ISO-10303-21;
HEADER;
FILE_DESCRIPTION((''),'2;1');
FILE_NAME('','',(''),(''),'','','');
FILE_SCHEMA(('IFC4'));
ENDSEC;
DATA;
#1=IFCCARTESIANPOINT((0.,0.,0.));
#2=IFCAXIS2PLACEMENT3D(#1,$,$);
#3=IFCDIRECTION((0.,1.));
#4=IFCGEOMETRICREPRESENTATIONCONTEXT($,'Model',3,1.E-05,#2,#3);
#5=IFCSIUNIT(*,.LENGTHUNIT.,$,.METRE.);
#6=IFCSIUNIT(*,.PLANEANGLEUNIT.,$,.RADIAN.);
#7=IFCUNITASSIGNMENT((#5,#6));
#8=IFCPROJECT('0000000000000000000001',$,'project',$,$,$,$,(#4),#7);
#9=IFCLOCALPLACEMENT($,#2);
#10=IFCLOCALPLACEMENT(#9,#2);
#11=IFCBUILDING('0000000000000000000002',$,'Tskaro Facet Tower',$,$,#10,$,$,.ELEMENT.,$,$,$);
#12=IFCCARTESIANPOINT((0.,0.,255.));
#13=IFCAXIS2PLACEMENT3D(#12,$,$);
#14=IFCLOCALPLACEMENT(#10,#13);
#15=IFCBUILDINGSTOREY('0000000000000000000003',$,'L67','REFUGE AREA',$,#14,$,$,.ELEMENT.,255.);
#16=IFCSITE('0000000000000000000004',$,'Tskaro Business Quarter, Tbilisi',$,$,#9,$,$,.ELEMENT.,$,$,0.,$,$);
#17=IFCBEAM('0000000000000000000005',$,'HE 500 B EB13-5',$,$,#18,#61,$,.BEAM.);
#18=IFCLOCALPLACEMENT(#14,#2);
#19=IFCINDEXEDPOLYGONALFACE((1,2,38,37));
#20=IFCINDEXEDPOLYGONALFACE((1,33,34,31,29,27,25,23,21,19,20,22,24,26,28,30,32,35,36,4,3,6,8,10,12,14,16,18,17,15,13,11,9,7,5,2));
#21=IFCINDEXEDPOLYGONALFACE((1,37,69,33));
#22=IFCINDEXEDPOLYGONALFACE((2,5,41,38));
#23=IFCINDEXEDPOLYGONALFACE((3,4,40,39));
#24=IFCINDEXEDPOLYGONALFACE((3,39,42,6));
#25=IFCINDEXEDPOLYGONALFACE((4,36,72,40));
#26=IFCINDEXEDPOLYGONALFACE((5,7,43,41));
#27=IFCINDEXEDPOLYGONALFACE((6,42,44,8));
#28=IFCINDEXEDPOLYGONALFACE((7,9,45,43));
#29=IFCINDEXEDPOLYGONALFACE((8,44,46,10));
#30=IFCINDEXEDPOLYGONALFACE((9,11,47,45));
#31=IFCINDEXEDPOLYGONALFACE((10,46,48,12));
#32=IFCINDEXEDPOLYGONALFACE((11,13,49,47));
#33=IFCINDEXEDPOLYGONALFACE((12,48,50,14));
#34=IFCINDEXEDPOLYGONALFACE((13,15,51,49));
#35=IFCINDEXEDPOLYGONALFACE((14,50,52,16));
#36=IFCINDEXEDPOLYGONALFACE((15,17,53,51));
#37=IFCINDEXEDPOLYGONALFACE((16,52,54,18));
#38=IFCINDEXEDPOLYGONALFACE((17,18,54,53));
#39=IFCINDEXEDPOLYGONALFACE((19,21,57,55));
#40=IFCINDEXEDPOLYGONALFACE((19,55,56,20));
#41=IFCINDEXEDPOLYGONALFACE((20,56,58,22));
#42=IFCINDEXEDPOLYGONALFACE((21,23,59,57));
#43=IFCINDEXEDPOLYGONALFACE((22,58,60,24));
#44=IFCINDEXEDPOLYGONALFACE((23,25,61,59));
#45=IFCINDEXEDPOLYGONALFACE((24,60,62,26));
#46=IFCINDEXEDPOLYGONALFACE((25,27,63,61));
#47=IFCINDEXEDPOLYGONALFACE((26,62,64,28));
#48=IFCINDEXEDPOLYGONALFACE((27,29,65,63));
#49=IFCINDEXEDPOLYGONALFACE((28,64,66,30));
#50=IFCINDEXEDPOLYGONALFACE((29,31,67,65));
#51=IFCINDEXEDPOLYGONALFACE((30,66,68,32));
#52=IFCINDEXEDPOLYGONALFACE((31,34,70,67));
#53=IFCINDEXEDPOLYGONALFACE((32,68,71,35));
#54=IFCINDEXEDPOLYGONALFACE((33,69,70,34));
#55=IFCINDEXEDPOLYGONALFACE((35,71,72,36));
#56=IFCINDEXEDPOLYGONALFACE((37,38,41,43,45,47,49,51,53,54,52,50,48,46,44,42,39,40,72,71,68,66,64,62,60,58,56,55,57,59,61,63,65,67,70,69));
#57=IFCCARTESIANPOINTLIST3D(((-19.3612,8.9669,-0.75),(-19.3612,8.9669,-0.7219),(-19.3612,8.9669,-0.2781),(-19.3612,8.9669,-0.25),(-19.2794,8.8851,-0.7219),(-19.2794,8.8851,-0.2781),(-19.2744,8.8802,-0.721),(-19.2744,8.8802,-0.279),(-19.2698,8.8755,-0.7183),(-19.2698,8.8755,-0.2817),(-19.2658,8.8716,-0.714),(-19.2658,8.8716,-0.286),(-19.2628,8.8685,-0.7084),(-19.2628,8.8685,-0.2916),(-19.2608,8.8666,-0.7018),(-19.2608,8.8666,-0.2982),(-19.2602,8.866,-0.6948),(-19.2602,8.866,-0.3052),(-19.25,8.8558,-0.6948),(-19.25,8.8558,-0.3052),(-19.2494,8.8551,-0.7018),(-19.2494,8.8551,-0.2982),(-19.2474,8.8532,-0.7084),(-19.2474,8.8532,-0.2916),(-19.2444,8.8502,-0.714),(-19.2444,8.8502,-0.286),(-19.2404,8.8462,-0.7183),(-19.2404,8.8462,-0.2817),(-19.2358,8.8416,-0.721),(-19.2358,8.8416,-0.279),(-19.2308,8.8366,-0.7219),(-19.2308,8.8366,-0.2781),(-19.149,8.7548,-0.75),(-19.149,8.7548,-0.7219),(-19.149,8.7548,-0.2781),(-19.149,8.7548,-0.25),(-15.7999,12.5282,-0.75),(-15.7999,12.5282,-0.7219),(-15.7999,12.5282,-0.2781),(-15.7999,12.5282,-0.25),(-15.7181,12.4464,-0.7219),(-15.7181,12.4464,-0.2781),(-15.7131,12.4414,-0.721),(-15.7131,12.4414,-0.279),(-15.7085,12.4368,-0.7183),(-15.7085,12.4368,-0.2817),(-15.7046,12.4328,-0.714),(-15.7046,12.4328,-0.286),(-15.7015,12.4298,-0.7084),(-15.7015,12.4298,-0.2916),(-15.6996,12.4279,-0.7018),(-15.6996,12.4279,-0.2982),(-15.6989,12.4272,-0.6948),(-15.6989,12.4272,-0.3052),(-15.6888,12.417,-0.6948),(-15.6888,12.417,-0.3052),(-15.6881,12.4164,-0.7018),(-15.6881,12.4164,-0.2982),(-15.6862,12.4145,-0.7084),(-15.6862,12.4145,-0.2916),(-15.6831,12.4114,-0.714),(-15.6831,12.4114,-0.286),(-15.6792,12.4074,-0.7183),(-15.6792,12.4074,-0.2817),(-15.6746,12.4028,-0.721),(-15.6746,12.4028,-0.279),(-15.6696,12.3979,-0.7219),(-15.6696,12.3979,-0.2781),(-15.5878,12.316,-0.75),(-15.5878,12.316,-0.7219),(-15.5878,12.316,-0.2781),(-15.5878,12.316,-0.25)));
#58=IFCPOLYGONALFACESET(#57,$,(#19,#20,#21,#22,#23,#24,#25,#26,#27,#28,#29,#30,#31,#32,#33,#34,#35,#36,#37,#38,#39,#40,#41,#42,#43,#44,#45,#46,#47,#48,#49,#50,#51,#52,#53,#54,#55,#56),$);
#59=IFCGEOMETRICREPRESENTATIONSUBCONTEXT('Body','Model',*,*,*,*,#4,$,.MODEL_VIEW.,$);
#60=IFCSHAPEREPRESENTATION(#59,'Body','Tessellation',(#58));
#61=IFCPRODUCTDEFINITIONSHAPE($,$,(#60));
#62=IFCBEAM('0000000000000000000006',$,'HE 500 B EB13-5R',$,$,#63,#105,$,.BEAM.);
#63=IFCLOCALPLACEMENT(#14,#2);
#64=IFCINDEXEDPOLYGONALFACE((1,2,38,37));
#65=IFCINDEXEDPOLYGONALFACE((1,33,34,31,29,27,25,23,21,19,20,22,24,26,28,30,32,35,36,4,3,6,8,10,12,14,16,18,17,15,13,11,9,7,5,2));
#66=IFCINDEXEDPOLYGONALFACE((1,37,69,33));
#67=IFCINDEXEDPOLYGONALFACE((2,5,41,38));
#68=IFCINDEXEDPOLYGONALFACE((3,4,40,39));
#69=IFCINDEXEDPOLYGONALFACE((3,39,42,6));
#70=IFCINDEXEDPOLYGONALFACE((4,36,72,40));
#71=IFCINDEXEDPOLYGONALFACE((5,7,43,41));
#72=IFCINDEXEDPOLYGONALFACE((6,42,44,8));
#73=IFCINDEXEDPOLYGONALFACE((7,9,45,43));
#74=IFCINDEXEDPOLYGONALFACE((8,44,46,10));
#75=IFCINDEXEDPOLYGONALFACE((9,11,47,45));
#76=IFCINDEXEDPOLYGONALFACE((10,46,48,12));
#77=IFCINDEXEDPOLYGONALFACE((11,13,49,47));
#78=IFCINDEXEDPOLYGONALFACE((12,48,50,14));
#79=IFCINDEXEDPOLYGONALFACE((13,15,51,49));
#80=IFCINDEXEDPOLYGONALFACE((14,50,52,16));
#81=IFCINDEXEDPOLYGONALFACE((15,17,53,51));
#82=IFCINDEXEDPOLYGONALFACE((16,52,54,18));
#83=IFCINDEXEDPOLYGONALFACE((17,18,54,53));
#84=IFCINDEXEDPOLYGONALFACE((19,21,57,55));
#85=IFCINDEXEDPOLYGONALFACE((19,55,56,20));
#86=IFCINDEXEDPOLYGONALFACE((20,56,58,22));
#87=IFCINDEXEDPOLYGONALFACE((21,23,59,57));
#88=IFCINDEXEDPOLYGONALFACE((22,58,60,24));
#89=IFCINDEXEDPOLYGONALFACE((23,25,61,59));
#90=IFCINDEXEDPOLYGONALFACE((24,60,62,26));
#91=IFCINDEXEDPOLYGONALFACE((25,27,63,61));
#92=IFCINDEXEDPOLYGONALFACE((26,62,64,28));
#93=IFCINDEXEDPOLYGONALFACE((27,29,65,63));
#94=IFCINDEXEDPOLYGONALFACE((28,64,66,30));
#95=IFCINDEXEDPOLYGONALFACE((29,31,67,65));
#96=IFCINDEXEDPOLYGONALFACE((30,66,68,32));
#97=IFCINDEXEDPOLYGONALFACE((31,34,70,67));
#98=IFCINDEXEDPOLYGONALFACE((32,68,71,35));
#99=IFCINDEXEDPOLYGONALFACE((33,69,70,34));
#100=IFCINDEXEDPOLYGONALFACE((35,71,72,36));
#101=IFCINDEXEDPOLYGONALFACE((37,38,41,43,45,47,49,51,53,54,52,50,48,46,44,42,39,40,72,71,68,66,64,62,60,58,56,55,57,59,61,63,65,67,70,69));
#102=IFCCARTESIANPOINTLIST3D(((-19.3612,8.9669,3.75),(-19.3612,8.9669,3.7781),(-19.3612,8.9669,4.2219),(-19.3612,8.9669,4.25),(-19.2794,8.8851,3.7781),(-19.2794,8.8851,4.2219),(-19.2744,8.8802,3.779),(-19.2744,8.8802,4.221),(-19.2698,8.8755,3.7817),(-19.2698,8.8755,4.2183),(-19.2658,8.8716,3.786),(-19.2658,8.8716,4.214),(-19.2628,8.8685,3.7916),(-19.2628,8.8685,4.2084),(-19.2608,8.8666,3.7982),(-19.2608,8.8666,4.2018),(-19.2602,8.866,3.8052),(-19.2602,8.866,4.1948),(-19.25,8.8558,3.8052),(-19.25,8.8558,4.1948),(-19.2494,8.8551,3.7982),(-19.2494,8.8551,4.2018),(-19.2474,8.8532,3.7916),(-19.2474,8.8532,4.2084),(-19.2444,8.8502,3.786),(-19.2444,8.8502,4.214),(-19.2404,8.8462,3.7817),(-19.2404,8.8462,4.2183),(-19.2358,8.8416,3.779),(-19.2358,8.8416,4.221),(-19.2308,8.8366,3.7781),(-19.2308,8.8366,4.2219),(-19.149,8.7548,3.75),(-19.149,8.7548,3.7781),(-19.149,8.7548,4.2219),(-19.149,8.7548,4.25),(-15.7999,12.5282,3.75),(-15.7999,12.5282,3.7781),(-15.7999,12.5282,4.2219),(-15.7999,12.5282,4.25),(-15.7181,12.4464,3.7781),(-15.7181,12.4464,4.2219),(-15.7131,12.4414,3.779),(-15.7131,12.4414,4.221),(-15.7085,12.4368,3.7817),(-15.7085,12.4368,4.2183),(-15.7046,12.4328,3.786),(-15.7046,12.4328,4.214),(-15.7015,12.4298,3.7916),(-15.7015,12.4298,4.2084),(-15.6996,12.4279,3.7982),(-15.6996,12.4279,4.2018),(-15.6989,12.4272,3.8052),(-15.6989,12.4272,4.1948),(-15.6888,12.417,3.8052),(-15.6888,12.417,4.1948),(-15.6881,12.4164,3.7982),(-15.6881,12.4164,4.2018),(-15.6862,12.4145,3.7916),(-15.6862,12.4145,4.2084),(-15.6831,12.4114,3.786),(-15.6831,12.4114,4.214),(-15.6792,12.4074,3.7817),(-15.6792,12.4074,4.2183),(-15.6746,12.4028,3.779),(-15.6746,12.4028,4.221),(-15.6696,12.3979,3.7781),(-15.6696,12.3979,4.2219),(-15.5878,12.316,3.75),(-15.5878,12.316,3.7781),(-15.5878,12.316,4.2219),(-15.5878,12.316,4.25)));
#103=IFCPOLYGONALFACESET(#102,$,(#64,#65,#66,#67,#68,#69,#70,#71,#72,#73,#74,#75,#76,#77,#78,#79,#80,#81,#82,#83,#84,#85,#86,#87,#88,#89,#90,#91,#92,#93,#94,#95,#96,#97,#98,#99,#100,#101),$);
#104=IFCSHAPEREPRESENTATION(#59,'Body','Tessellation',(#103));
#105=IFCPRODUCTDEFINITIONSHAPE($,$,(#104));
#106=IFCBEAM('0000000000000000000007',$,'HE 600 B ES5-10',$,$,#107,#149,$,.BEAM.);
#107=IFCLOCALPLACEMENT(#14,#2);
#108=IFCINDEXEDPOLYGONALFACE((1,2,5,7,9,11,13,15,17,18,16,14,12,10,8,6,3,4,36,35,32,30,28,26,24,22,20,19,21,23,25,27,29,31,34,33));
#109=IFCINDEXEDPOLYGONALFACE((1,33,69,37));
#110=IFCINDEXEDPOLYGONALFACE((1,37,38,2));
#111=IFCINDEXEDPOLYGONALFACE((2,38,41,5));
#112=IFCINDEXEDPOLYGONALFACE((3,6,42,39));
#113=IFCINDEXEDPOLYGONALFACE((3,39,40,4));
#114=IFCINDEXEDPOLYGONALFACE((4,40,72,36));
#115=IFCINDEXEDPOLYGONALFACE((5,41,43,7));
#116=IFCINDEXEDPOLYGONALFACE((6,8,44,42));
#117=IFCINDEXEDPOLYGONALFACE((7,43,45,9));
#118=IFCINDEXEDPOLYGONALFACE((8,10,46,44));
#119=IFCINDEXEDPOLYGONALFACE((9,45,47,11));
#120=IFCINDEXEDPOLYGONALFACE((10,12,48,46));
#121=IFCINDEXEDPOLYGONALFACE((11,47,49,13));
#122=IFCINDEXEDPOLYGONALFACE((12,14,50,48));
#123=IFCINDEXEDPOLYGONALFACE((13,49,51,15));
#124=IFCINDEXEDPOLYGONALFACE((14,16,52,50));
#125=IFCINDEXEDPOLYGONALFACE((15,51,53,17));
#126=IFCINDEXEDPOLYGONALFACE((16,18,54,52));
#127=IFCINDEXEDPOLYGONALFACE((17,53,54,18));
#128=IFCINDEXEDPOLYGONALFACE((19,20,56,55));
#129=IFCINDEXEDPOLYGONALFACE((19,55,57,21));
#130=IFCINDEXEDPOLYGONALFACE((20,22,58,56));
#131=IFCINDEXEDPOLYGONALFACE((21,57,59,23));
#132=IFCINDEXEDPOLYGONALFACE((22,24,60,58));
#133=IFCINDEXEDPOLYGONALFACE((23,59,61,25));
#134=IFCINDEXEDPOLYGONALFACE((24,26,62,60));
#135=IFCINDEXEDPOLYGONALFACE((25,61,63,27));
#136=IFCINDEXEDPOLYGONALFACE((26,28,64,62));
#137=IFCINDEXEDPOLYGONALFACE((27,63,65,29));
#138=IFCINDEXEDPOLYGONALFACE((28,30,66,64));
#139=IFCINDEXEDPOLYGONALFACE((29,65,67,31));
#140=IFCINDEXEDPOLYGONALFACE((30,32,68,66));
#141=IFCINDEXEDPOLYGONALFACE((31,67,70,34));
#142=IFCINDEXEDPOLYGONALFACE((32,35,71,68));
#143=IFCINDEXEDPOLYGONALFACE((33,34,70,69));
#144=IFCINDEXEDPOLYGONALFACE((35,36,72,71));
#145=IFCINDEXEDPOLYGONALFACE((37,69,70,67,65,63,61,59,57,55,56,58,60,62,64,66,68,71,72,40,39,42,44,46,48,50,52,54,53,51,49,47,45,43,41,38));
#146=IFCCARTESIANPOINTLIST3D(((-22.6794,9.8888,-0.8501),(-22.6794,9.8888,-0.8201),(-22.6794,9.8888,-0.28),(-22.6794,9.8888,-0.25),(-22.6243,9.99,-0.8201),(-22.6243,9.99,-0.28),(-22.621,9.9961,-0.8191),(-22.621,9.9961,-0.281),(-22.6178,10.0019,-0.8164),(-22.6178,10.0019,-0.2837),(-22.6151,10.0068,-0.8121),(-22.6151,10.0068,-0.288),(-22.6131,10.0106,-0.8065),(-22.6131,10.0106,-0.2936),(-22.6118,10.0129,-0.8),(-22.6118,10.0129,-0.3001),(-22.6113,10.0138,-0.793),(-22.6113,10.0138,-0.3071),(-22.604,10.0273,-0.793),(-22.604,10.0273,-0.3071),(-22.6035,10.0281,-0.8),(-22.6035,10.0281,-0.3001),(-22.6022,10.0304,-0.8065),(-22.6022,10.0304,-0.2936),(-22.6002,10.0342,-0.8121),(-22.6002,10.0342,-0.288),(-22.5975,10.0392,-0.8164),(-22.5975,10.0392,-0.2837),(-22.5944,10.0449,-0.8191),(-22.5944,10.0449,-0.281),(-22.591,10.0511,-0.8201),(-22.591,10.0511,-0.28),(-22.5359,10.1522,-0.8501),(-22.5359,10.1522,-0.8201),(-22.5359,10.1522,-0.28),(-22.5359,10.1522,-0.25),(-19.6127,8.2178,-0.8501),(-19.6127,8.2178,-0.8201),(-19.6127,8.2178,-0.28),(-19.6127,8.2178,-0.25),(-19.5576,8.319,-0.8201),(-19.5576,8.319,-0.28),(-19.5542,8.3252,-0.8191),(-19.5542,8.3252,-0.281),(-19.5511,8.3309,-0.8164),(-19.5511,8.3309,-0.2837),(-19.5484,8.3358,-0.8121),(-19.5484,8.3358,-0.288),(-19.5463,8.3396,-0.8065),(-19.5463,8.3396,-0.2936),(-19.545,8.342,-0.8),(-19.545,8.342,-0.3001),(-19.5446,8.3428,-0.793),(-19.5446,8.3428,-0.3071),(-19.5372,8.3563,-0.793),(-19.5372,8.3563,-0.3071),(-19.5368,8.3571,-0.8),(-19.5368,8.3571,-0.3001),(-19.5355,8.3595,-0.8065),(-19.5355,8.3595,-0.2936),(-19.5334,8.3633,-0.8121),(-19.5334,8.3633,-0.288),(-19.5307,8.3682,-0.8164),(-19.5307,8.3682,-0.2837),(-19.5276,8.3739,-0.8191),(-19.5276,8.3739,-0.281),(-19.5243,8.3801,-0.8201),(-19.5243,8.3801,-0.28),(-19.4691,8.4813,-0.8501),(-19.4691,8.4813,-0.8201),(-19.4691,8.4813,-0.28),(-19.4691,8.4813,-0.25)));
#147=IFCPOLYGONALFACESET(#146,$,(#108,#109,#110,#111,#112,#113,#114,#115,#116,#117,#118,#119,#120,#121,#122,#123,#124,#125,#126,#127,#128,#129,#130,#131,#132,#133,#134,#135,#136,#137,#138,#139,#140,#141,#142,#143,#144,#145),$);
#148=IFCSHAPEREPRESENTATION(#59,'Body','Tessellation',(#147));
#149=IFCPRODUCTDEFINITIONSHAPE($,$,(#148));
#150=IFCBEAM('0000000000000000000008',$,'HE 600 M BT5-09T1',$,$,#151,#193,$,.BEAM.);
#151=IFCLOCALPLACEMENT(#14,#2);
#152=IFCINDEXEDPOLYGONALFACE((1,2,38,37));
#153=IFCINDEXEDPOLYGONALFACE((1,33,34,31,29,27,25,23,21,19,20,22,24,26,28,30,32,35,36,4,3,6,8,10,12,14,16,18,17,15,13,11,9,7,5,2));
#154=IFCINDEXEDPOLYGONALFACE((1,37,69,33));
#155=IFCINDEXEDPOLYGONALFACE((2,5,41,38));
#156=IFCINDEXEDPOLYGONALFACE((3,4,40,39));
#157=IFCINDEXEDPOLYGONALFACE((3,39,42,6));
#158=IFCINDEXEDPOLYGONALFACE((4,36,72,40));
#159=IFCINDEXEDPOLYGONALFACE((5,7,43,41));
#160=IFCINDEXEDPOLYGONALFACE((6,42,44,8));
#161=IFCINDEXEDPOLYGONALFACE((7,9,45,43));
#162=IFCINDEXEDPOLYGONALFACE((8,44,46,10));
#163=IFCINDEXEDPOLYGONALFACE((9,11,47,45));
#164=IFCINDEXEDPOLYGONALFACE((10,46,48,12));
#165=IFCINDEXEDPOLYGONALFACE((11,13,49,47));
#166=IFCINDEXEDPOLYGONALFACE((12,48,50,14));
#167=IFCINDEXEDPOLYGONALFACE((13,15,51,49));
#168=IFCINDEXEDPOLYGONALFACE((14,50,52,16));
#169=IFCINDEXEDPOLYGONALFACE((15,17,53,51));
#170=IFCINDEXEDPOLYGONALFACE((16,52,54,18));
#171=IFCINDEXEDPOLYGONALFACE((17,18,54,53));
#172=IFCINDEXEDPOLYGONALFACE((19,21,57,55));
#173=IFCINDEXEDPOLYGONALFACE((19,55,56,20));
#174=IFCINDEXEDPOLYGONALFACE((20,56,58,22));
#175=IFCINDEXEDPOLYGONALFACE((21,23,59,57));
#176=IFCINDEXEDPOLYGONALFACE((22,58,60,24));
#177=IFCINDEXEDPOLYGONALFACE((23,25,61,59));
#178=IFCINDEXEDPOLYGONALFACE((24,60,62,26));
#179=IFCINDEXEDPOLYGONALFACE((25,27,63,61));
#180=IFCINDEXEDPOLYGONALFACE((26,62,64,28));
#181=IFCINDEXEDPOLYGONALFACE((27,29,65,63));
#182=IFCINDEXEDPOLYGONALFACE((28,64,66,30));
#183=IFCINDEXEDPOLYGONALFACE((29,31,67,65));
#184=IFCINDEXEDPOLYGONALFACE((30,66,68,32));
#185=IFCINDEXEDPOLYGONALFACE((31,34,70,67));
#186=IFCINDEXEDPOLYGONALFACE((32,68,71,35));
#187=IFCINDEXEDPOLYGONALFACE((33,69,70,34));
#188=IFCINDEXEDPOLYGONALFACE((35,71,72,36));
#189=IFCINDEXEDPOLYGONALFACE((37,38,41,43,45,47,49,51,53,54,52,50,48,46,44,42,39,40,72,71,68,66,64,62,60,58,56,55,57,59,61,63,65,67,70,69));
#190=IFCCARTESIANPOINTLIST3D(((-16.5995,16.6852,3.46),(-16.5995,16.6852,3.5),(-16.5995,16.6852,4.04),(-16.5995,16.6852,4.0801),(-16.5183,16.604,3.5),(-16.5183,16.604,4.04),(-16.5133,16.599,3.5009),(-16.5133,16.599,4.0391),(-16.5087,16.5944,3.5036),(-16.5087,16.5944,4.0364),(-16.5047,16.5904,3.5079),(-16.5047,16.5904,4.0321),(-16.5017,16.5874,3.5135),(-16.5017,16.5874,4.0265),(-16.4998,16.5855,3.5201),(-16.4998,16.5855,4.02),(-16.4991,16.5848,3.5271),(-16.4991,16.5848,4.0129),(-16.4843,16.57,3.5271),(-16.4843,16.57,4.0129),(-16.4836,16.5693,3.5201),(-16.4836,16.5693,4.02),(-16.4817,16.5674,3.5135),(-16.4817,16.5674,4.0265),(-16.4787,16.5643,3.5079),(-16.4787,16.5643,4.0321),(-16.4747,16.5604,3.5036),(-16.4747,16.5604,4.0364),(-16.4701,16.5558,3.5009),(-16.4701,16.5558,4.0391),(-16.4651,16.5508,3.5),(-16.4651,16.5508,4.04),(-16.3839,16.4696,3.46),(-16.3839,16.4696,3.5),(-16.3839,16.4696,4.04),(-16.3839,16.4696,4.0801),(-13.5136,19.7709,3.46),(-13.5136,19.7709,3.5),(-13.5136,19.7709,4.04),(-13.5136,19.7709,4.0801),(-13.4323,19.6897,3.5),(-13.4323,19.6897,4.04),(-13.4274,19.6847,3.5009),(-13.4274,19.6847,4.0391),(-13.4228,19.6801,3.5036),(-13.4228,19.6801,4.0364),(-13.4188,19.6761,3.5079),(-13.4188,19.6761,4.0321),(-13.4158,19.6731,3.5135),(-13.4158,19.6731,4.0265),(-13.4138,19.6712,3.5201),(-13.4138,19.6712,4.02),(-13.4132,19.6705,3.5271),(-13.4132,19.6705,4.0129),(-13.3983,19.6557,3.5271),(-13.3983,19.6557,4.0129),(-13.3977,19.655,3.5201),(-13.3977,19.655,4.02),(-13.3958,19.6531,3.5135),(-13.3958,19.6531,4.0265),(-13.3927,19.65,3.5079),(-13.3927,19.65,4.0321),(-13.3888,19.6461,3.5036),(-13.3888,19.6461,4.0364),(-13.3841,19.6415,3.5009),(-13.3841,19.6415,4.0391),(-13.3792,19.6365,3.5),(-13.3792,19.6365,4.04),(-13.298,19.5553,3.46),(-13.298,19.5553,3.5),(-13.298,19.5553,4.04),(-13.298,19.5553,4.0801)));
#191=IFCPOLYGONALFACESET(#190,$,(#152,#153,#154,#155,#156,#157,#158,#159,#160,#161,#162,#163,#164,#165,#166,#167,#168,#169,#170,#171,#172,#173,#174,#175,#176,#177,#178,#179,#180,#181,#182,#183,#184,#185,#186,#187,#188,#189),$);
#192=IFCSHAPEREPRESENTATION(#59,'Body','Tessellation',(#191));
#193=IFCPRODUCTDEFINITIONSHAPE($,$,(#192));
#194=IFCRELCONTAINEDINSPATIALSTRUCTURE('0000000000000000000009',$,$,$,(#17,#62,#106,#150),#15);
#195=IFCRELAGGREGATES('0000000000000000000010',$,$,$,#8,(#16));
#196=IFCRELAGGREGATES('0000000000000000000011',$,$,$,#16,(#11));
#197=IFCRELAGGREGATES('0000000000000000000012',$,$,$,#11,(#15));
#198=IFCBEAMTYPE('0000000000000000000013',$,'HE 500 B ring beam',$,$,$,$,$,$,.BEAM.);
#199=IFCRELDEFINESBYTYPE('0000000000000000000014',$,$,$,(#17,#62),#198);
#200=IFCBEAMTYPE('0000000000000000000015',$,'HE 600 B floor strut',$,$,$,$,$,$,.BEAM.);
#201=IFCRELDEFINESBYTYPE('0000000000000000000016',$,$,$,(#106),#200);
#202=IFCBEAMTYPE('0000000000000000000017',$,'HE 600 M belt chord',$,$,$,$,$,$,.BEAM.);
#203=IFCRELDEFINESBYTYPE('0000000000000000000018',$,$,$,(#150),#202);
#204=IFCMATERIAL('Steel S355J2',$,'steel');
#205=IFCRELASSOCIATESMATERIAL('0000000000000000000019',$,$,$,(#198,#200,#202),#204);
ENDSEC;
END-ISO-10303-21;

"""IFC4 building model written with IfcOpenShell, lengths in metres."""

from ifc_helpers import new_model, si_unit, direction, frame, origin, origin_2d, place, context, subcontext, project, spatial, i_section, extrude, material, material_profile, profile_set, type_object, element, save


model = new_model("IFC4")

# Units and contexts
model_context = context("Model", 3, precision=1e-05, world=origin(), true_north=direction((0.0, 1.0)))
body_context = subcontext(model_context, "Body", "Model", "MODEL_VIEW")
ifc_project = project(units=[si_unit("LENGTHUNIT", "METRE"), si_unit("PLANEANGLEUNIT", "RADIAN")], contexts=[model_context])

# Site, building, storey
site_placement = place(None, origin())
site = spatial("IfcSite", under=ifc_project, at=site_placement, Name="Tskaro Business Quarter, Tbilisi", CompositionType="ELEMENT", RefElevation=0.0)
building_placement = place(site_placement, origin())
building = spatial("IfcBuilding", under=site, at=building_placement, Name="Tskaro Facet Tower", CompositionType="ELEMENT")
storey_placement = place(building_placement, frame((0.0, 0.0, 255.0)))
storey = spatial("IfcBuildingStorey", under=building, at=storey_placement, Name="L67", Description="REFUGE AREA", CompositionType="ELEMENT", Elevation=255.0)

# Shared definitions
ifc_material_1 = material(Name="Steel S355J2", Category="steel")

# Beams
ifc_material_profile_1 = material_profile(ifc_material_1, i_section(OverallWidth=0.3, OverallDepth=0.5, WebThickness=0.0144, FlangeThickness=0.0281, FilletRadius=0.0271, at=origin_2d()), Name="HE 500 B")
ifc_profile_set_1 = profile_set([ifc_material_profile_1], Name="Steel S355J2")
beam_type_1 = type_object("IfcBeamType", Name="HE 500 B ring beam", PredefinedType="BEAM", material=ifc_profile_set_1)
for number, where, z_axis, x_axis, name in (
    (1, (-15.6938, 12.4221, -0.5), (-0.707107, -0.707107, 0.0), (0.707107, -0.707107, 0.0), "HE 500 B EB13-5"),
    (2, (-15.6938, 12.4221, 4.0), (-0.707107, -0.707107, 0.0), (0.707107, -0.707107, 0.0), "HE 500 B EB13-5R"),
):
    element("IfcBeam", number, at=place(storey_placement, frame(where, z_axis=z_axis, x_axis=x_axis)), inside=storey, type_object=beam_type_1, Name=name, PredefinedType="BEAM", context=body_context, shape_type="SweptSolid", body=[
        extrude(i_section(OverallWidth=0.3, OverallDepth=0.5, WebThickness=0.0144, FlangeThickness=0.0281, FilletRadius=0.0271, at=origin_2d()), origin(), (0.0, 0.0, 1.0), 5.0364),
    ])
ifc_material_profile_2 = material_profile(ifc_material_1, i_section(OverallWidth=0.3, OverallDepth=0.6001, WebThickness=0.0154, FlangeThickness=0.03, FilletRadius=0.0271, at=origin_2d()), Name="HE 600 B")
ifc_profile_set_2 = profile_set([ifc_material_profile_2], Name="Steel S355J2")
beam_type_2 = type_object("IfcBeamType", Name="HE 600 B floor strut", PredefinedType="BEAM", material=ifc_profile_set_2)
beam_1_placement = place(storey_placement, frame((-22.6077, 10.0205, -0.55), z_axis=(0.878115, -0.47845, 0.0), x_axis=(0.47845, 0.878115, 0.0)))
element("IfcBeam", 3, at=beam_1_placement, inside=storey, type_object=beam_type_2, Name="HE 600 B ES5-10", PredefinedType="BEAM", context=body_context, shape_type="SweptSolid", body=[
    extrude(i_section(OverallWidth=0.3, OverallDepth=0.6001, WebThickness=0.0154, FlangeThickness=0.03, FilletRadius=0.0271, at=origin_2d()), origin(), (0.0, 0.0, 1.0), 3.4924),
])
ifc_material_profile_3 = material_profile(ifc_material_1, i_section(OverallWidth=0.3049, OverallDepth=0.6201, WebThickness=0.021, FlangeThickness=0.04, FilletRadius=0.0271, at=origin_2d()), Name="HE 600 M")
ifc_profile_set_3 = profile_set([ifc_material_profile_3], Name="Steel S355J2")
beam_type_3 = type_object("IfcBeamType", Name="HE 600 M belt chord", PredefinedType="BEAM", material=ifc_profile_set_3)
beam_2_placement = place(storey_placement, frame((-13.4058, 19.6631, 3.77), z_axis=(-0.707135, -0.707079, 0.0), x_axis=(0.707079, -0.707135, 0.0)))
element("IfcBeam", 4, at=beam_2_placement, inside=storey, type_object=beam_type_3, Name="HE 600 M BT5-09T1", PredefinedType="BEAM", context=body_context, shape_type="SweptSolid", body=[
    extrude(i_section(OverallWidth=0.3049, OverallDepth=0.6201, WebThickness=0.021, FlangeThickness=0.04, FilletRadius=0.0271, at=origin_2d()), origin(), (0.0, 0.0, 1.0), 4.364),
])

save(model, "model.ifc")
